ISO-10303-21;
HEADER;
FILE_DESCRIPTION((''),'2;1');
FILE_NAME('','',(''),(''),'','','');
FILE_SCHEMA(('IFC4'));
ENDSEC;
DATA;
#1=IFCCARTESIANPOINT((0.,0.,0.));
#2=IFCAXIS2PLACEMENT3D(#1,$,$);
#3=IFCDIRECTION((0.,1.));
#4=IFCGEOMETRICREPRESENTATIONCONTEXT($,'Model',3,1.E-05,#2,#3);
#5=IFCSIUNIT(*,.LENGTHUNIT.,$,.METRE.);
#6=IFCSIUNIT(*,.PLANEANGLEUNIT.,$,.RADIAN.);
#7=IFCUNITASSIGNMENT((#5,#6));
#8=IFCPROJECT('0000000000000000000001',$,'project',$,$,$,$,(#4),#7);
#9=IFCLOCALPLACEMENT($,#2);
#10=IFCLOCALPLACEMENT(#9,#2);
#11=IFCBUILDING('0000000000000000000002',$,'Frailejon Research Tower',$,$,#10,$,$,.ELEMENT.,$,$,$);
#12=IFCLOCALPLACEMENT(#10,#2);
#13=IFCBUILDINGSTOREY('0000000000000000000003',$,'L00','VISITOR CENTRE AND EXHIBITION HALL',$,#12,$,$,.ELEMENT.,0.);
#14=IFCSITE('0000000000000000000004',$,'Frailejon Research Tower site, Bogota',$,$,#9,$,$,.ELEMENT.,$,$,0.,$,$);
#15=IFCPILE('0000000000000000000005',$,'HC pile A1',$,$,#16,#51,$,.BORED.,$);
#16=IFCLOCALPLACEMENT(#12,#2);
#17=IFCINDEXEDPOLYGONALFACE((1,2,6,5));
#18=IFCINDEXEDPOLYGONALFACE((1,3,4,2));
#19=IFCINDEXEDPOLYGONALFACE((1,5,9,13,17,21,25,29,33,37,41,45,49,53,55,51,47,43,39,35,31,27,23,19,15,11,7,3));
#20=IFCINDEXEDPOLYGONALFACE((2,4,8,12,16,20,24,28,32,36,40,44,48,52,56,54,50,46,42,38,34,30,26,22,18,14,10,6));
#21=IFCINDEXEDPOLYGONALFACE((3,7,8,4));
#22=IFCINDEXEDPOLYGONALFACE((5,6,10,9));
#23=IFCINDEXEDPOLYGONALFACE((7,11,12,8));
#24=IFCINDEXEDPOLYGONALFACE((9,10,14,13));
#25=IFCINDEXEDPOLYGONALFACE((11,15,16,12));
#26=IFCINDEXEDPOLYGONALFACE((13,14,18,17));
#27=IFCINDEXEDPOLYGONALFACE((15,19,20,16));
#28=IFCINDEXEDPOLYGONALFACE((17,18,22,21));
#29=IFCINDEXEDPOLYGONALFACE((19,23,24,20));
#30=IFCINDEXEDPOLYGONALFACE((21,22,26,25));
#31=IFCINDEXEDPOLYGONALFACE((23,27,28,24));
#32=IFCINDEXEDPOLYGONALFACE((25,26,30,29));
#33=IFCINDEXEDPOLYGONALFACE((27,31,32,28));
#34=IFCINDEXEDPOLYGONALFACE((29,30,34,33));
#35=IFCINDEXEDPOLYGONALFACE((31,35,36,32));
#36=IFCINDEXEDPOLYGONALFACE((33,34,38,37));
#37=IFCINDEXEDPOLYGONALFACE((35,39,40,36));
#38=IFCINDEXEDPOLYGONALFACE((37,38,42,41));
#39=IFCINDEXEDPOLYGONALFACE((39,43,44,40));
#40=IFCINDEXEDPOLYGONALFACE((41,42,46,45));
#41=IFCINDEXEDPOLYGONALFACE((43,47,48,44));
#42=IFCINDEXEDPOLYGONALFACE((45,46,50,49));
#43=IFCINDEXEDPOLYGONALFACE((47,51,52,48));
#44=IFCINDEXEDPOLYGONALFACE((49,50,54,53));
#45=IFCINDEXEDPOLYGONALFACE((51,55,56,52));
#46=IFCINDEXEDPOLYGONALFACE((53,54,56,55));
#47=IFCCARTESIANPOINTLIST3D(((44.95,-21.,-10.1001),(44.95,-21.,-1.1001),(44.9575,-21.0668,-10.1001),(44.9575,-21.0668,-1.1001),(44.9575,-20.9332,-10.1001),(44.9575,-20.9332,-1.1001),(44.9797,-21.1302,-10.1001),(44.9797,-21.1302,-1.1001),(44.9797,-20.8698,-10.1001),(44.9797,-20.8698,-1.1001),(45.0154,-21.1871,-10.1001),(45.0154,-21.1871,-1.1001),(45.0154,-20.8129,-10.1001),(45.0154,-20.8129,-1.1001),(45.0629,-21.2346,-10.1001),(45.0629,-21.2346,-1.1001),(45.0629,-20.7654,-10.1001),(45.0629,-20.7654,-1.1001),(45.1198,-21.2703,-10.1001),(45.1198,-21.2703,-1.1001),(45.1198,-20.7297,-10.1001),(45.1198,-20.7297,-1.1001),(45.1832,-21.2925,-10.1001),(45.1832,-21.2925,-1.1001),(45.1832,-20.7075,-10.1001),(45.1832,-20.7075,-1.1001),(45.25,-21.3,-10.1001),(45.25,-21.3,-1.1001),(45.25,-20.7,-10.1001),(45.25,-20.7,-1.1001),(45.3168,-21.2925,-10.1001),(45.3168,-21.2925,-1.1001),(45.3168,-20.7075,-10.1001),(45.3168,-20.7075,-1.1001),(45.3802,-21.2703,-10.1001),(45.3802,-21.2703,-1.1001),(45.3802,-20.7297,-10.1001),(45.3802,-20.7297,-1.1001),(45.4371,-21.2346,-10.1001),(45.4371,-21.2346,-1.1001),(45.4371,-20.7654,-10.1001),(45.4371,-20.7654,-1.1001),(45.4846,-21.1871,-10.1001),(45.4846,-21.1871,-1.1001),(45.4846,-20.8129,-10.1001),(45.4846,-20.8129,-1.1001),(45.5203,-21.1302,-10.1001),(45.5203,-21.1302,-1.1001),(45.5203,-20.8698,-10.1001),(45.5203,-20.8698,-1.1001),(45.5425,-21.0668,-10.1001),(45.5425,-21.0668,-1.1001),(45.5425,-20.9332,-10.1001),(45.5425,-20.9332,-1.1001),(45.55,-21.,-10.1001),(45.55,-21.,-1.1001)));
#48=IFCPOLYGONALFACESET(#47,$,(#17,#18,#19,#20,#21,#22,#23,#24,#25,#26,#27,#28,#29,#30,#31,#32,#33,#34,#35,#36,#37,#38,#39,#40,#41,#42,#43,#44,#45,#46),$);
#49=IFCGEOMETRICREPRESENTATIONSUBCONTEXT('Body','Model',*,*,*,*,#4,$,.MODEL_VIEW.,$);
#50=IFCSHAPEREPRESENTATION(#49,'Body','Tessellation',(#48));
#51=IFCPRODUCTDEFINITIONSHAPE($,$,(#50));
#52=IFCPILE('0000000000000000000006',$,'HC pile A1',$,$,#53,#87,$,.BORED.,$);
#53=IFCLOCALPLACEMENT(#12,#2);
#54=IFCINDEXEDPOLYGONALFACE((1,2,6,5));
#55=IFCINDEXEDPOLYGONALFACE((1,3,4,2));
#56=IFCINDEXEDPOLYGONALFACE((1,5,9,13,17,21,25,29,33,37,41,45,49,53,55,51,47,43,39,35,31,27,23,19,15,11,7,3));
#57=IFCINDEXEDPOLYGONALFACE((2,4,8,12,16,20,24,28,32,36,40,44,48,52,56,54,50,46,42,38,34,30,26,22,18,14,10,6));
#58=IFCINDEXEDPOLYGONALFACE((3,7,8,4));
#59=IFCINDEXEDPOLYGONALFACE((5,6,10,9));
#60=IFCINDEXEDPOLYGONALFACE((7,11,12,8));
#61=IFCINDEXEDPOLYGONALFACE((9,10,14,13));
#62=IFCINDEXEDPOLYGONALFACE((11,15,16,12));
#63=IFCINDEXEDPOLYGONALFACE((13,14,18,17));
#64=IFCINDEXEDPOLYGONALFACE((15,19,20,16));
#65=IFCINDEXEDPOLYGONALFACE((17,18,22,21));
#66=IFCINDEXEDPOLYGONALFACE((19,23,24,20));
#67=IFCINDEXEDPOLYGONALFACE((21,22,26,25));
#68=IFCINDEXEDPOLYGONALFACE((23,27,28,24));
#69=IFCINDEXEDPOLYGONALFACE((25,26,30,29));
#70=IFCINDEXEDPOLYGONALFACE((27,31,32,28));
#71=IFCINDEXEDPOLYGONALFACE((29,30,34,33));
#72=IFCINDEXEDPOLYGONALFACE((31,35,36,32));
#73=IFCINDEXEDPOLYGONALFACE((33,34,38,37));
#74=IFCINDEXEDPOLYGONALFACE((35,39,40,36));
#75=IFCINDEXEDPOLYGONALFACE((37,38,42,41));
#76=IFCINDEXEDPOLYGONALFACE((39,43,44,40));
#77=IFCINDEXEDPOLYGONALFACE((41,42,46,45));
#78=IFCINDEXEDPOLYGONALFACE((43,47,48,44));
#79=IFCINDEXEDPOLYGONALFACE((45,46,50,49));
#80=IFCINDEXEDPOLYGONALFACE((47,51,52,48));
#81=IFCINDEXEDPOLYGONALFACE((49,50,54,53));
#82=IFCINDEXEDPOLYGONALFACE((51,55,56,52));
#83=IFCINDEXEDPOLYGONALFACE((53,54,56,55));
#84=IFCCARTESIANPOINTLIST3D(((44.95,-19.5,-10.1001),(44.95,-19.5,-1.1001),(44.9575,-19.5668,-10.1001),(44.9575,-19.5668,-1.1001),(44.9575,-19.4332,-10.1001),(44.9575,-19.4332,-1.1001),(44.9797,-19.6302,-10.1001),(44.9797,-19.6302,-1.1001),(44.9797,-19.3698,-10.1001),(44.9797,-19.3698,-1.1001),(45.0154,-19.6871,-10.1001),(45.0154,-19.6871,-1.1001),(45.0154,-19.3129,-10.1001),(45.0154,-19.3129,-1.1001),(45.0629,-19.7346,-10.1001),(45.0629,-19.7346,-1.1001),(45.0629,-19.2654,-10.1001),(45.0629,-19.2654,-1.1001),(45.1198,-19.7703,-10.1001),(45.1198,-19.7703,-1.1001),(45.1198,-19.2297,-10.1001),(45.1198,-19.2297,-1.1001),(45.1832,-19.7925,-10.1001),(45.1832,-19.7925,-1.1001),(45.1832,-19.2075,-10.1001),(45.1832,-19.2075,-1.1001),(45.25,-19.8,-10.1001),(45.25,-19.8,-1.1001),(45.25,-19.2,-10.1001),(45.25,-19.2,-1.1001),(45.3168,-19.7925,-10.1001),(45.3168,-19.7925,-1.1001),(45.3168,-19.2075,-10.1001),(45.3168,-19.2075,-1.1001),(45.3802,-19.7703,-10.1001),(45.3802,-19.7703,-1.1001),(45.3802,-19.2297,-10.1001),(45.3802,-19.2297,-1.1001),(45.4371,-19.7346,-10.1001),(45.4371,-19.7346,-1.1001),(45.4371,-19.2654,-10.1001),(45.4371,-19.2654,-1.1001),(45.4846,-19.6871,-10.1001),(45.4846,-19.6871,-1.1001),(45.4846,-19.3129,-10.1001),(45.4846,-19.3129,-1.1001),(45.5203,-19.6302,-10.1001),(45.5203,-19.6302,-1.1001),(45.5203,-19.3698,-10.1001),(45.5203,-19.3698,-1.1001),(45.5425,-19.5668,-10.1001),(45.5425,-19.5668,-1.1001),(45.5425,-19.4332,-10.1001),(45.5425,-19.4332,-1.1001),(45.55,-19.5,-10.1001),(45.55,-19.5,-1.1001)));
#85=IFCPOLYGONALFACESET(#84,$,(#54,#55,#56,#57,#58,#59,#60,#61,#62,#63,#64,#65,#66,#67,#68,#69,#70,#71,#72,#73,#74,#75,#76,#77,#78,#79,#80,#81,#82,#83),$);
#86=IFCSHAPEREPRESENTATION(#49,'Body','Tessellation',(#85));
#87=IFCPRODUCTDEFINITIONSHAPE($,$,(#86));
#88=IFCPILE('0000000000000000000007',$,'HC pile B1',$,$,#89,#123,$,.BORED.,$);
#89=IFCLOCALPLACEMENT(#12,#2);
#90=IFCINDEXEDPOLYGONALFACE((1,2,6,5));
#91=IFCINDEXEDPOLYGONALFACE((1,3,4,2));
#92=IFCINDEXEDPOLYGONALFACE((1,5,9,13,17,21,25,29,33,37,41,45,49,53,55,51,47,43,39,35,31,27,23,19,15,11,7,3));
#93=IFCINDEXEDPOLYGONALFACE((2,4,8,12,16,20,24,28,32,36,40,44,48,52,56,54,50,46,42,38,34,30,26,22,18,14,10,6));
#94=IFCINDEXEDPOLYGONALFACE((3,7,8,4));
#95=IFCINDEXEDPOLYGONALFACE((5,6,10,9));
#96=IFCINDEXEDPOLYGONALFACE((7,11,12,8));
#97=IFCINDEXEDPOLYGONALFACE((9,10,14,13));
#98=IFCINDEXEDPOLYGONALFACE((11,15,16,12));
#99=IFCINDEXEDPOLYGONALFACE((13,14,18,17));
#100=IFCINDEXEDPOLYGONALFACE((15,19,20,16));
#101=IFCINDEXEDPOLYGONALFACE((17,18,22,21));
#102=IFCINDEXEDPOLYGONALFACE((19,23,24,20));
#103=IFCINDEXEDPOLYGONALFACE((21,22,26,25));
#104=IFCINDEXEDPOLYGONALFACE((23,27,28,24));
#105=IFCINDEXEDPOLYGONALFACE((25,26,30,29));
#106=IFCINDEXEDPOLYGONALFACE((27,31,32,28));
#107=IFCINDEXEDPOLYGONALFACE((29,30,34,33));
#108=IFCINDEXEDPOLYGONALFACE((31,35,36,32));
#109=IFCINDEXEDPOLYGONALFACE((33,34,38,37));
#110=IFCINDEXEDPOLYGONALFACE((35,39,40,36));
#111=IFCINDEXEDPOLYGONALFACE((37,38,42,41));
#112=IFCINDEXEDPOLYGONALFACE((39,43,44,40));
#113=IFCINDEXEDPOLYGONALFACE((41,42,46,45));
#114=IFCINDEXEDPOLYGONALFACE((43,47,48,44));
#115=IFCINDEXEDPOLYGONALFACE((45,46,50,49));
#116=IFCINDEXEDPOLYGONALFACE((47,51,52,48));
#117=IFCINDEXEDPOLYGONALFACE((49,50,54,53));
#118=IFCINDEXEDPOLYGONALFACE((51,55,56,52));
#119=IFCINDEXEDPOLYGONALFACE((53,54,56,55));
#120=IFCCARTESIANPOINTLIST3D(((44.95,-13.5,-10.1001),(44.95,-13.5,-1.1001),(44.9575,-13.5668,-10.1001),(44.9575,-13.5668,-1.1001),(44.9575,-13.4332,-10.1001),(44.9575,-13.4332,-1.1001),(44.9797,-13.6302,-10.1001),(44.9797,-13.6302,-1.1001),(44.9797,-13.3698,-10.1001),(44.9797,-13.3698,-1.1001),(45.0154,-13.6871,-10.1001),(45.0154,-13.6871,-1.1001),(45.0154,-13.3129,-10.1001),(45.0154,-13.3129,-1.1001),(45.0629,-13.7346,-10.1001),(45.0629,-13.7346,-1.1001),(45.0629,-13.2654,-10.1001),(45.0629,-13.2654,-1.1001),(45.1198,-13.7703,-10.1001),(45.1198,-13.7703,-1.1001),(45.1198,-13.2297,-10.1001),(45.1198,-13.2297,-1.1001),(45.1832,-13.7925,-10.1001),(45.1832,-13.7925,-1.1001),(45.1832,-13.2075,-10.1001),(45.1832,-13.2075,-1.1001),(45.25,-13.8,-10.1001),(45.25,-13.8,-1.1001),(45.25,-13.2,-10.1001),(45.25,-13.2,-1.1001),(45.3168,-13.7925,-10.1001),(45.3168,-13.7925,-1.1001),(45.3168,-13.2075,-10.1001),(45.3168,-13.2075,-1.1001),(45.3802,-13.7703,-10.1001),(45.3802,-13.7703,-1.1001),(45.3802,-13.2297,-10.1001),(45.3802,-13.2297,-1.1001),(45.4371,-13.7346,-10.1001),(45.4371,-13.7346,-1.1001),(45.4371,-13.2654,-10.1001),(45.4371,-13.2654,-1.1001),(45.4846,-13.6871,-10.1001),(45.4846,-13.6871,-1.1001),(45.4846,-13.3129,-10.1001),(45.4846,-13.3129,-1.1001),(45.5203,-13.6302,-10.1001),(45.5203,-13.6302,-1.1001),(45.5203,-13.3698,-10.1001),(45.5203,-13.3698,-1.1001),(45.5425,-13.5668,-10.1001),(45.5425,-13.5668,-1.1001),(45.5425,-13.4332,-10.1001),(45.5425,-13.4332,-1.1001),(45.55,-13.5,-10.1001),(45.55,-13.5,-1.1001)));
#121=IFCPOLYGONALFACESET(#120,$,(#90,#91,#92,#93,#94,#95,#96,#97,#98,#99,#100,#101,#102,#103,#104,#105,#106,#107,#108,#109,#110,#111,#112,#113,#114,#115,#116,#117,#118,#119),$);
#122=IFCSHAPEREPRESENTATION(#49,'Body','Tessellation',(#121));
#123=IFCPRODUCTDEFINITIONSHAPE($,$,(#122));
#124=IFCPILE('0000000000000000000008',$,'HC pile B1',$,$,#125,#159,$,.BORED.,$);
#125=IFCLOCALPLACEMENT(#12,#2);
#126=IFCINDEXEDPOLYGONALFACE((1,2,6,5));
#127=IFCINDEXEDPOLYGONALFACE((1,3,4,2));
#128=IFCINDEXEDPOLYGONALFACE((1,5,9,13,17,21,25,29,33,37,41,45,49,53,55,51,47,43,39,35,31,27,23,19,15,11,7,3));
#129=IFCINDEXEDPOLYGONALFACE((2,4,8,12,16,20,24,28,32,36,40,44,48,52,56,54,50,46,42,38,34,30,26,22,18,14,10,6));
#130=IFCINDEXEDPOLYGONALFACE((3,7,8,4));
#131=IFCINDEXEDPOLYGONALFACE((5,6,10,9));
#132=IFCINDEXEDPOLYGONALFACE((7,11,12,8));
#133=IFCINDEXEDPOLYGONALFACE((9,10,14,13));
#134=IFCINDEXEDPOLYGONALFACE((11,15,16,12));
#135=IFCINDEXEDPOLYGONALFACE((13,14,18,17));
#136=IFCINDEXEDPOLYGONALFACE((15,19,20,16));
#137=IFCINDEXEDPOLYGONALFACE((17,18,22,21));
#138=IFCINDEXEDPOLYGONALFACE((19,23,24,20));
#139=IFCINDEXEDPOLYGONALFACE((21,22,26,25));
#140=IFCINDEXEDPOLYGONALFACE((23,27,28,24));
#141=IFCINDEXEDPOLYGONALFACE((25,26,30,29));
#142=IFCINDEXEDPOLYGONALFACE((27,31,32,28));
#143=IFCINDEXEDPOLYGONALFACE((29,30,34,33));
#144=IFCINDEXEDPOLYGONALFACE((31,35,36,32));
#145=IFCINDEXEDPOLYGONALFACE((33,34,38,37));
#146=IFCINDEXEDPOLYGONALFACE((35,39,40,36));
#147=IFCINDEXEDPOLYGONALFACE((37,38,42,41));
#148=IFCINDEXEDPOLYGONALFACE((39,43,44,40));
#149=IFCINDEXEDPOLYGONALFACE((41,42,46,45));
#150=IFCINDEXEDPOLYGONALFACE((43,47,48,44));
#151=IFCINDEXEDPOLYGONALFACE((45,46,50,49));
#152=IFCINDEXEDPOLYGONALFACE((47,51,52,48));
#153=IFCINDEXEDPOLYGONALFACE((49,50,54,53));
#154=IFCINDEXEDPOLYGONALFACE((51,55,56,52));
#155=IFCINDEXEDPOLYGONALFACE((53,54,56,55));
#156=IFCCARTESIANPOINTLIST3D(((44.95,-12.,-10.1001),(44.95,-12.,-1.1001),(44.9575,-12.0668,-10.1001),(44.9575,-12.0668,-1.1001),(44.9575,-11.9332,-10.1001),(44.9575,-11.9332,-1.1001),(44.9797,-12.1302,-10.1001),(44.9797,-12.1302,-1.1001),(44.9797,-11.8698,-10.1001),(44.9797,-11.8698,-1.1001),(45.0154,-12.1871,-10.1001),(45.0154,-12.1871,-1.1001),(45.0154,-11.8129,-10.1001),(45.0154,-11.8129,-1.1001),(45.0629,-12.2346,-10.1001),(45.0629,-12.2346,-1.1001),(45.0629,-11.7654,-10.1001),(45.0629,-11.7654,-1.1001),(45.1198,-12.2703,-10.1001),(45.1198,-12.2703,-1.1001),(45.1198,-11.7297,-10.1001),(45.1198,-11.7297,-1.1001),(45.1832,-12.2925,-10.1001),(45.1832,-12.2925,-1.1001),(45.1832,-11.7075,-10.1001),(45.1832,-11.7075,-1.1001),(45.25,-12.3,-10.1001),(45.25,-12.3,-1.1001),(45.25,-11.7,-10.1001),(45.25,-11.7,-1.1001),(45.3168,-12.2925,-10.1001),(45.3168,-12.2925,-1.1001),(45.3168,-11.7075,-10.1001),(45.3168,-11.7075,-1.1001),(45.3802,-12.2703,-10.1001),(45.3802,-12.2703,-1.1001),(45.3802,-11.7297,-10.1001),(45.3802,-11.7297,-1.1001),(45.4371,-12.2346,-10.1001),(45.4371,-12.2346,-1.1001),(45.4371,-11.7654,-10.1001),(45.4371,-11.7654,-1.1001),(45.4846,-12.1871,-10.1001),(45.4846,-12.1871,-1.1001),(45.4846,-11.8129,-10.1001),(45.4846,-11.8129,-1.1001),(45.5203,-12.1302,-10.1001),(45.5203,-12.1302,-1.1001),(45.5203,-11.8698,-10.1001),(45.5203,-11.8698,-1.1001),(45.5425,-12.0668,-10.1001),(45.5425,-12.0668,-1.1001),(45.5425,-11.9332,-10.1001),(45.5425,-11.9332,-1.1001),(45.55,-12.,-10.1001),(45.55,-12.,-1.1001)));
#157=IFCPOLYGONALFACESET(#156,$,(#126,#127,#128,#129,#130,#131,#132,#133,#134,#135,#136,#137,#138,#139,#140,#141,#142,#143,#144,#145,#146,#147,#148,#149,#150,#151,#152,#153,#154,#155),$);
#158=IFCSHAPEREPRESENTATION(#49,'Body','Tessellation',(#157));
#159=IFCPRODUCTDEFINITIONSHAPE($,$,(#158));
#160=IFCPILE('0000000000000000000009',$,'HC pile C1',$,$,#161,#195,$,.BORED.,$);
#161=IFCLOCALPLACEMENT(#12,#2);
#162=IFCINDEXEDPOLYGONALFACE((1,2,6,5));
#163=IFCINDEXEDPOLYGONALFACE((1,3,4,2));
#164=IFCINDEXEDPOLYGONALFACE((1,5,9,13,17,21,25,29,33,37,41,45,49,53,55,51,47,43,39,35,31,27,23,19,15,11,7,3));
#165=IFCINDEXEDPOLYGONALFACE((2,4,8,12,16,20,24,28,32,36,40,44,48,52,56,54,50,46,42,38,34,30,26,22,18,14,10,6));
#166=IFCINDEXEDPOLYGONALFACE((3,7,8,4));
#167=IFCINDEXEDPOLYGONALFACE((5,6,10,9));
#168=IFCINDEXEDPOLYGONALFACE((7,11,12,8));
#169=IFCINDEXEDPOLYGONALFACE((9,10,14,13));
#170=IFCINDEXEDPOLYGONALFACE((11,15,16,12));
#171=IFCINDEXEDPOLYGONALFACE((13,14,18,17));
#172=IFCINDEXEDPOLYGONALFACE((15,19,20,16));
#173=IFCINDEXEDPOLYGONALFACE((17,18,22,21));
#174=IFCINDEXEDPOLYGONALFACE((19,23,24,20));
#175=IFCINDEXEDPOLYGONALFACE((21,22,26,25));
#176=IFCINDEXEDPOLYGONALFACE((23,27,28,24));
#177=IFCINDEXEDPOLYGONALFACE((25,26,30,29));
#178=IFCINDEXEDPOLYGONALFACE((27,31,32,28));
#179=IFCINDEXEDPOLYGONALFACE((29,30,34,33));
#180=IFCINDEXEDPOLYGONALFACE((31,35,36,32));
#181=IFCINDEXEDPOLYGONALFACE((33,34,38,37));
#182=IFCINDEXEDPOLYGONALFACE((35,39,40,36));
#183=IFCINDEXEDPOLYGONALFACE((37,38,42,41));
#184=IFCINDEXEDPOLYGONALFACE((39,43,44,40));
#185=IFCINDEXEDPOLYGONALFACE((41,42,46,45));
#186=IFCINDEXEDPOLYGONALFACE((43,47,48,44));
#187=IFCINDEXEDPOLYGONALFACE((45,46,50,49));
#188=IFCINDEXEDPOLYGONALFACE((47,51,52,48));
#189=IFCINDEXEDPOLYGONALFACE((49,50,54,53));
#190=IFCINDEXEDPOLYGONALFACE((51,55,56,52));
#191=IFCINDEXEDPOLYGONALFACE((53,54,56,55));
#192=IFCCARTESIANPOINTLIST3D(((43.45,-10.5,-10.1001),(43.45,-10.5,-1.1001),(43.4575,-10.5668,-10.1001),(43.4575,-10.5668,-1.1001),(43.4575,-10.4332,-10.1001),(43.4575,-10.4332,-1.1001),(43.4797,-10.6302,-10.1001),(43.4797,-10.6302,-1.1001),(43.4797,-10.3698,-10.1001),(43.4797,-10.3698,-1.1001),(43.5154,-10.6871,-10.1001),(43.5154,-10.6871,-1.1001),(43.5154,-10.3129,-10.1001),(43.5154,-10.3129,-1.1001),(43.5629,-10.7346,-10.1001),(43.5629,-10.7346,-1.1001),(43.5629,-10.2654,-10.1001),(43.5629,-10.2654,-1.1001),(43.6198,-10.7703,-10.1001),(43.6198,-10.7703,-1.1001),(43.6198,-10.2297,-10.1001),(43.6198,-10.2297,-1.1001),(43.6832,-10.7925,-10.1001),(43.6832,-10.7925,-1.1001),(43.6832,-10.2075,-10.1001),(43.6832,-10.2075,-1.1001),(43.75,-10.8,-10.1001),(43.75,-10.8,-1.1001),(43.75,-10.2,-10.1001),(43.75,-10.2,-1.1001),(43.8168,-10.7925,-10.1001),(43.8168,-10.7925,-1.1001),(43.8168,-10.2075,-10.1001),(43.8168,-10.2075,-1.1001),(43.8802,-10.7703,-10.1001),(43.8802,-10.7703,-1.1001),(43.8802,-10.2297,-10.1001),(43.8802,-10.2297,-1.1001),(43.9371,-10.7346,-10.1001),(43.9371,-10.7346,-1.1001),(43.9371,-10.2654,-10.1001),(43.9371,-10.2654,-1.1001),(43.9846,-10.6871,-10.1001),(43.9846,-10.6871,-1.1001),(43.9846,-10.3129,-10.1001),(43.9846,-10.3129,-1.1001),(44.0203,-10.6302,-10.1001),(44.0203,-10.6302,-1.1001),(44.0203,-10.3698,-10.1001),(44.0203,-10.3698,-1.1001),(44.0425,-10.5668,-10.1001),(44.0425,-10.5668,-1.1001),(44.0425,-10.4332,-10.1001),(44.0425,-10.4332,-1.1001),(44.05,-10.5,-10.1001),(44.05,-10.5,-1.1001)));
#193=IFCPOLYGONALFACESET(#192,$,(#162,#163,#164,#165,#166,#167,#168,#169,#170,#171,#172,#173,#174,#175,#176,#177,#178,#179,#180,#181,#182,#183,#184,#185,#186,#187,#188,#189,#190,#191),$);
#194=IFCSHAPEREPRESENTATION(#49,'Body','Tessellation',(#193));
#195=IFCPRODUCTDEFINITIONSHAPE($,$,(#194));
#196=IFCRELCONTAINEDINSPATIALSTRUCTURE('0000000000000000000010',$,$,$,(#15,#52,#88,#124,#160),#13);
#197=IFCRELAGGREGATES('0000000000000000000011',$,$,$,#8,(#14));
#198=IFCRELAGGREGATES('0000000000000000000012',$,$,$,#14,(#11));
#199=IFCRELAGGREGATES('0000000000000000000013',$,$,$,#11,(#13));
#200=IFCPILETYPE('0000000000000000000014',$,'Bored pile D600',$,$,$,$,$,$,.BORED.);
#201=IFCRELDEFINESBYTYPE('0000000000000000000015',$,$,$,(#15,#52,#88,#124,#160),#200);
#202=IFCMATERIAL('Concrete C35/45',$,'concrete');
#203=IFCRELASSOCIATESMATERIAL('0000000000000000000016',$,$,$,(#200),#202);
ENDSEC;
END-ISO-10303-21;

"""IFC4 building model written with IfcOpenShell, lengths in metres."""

from ifc_helpers import new_model, si_unit, direction, frame, origin, origin_2d, place, context, subcontext, project, spatial, circle, extrude, material, material_profile, profile_set, type_object, element, save


model = new_model("IFC4")

# Units and contexts
model_context = context("Model", 3, precision=1e-05, world=origin(), true_north=direction((0.0, 1.0)))
body_context = subcontext(model_context, "Body", "Model", "MODEL_VIEW")
ifc_project = project(units=[si_unit("LENGTHUNIT", "METRE"), si_unit("PLANEANGLEUNIT", "RADIAN")], contexts=[model_context])

# Site, building, storey
site_placement = place(None, origin())
site = spatial("IfcSite", under=ifc_project, at=site_placement, Name="Frailejon Research Tower site, Bogota", CompositionType="ELEMENT", RefElevation=0.0)
building_placement = place(site_placement, origin())
building = spatial("IfcBuilding", under=site, at=building_placement, Name="Frailejon Research Tower", CompositionType="ELEMENT")
storey_placement = place(building_placement, origin())
storey = spatial("IfcBuildingStorey", under=building, at=storey_placement, Name="L00", Description="VISITOR CENTRE AND EXHIBITION HALL", CompositionType="ELEMENT", Elevation=0.0)

# Piles
ifc_material_1 = material(Name="Concrete C35/45", Category="concrete")
ifc_material_profile_1 = material_profile(ifc_material_1, circle(Radius=0.3, at=origin_2d()), Name="Bored pile D600")
ifc_profile_set_1 = profile_set([ifc_material_profile_1], Name="Concrete C35/45")
pile_type = type_object("IfcPileType", Name="Bored pile D600", PredefinedType="BORED", material=ifc_profile_set_1)
for number, where, z_axis, x_axis, name in (
    (1, (45.25, -21.0, -1.1001), (0.0, 0.0, -1.0), (1.0, 0.0, 0.0), "HC pile A1"),
    (2, (45.25, -19.5, -1.1001), (0.0, 0.0, -1.0), (1.0, 0.0, 0.0), "HC pile A1"),
    (3, (45.25, -13.5, -1.1001), (0.0, 0.0, -1.0), (1.0, 0.0, 0.0), "HC pile B1"),
    (4, (45.25, -12.0, -1.1001), (0.0, 0.0, -1.0), (1.0, 0.0, 0.0), "HC pile B1"),
    (5, (43.75, -10.5, -1.1001), (0.0, 0.0, -1.0), (1.0, 0.0, 0.0), "HC pile C1"),
):
    element("IfcPile", number, at=place(storey_placement, frame(where, z_axis=z_axis, x_axis=x_axis)), inside=storey, type_object=pile_type, Name=name, PredefinedType="BORED", context=body_context, shape_type="SweptSolid", body=[
        extrude(circle(Radius=0.3, at=origin_2d()), origin(), (0.0, 0.0, 1.0), 9.0),
    ])

save(model, "model.ifc")
